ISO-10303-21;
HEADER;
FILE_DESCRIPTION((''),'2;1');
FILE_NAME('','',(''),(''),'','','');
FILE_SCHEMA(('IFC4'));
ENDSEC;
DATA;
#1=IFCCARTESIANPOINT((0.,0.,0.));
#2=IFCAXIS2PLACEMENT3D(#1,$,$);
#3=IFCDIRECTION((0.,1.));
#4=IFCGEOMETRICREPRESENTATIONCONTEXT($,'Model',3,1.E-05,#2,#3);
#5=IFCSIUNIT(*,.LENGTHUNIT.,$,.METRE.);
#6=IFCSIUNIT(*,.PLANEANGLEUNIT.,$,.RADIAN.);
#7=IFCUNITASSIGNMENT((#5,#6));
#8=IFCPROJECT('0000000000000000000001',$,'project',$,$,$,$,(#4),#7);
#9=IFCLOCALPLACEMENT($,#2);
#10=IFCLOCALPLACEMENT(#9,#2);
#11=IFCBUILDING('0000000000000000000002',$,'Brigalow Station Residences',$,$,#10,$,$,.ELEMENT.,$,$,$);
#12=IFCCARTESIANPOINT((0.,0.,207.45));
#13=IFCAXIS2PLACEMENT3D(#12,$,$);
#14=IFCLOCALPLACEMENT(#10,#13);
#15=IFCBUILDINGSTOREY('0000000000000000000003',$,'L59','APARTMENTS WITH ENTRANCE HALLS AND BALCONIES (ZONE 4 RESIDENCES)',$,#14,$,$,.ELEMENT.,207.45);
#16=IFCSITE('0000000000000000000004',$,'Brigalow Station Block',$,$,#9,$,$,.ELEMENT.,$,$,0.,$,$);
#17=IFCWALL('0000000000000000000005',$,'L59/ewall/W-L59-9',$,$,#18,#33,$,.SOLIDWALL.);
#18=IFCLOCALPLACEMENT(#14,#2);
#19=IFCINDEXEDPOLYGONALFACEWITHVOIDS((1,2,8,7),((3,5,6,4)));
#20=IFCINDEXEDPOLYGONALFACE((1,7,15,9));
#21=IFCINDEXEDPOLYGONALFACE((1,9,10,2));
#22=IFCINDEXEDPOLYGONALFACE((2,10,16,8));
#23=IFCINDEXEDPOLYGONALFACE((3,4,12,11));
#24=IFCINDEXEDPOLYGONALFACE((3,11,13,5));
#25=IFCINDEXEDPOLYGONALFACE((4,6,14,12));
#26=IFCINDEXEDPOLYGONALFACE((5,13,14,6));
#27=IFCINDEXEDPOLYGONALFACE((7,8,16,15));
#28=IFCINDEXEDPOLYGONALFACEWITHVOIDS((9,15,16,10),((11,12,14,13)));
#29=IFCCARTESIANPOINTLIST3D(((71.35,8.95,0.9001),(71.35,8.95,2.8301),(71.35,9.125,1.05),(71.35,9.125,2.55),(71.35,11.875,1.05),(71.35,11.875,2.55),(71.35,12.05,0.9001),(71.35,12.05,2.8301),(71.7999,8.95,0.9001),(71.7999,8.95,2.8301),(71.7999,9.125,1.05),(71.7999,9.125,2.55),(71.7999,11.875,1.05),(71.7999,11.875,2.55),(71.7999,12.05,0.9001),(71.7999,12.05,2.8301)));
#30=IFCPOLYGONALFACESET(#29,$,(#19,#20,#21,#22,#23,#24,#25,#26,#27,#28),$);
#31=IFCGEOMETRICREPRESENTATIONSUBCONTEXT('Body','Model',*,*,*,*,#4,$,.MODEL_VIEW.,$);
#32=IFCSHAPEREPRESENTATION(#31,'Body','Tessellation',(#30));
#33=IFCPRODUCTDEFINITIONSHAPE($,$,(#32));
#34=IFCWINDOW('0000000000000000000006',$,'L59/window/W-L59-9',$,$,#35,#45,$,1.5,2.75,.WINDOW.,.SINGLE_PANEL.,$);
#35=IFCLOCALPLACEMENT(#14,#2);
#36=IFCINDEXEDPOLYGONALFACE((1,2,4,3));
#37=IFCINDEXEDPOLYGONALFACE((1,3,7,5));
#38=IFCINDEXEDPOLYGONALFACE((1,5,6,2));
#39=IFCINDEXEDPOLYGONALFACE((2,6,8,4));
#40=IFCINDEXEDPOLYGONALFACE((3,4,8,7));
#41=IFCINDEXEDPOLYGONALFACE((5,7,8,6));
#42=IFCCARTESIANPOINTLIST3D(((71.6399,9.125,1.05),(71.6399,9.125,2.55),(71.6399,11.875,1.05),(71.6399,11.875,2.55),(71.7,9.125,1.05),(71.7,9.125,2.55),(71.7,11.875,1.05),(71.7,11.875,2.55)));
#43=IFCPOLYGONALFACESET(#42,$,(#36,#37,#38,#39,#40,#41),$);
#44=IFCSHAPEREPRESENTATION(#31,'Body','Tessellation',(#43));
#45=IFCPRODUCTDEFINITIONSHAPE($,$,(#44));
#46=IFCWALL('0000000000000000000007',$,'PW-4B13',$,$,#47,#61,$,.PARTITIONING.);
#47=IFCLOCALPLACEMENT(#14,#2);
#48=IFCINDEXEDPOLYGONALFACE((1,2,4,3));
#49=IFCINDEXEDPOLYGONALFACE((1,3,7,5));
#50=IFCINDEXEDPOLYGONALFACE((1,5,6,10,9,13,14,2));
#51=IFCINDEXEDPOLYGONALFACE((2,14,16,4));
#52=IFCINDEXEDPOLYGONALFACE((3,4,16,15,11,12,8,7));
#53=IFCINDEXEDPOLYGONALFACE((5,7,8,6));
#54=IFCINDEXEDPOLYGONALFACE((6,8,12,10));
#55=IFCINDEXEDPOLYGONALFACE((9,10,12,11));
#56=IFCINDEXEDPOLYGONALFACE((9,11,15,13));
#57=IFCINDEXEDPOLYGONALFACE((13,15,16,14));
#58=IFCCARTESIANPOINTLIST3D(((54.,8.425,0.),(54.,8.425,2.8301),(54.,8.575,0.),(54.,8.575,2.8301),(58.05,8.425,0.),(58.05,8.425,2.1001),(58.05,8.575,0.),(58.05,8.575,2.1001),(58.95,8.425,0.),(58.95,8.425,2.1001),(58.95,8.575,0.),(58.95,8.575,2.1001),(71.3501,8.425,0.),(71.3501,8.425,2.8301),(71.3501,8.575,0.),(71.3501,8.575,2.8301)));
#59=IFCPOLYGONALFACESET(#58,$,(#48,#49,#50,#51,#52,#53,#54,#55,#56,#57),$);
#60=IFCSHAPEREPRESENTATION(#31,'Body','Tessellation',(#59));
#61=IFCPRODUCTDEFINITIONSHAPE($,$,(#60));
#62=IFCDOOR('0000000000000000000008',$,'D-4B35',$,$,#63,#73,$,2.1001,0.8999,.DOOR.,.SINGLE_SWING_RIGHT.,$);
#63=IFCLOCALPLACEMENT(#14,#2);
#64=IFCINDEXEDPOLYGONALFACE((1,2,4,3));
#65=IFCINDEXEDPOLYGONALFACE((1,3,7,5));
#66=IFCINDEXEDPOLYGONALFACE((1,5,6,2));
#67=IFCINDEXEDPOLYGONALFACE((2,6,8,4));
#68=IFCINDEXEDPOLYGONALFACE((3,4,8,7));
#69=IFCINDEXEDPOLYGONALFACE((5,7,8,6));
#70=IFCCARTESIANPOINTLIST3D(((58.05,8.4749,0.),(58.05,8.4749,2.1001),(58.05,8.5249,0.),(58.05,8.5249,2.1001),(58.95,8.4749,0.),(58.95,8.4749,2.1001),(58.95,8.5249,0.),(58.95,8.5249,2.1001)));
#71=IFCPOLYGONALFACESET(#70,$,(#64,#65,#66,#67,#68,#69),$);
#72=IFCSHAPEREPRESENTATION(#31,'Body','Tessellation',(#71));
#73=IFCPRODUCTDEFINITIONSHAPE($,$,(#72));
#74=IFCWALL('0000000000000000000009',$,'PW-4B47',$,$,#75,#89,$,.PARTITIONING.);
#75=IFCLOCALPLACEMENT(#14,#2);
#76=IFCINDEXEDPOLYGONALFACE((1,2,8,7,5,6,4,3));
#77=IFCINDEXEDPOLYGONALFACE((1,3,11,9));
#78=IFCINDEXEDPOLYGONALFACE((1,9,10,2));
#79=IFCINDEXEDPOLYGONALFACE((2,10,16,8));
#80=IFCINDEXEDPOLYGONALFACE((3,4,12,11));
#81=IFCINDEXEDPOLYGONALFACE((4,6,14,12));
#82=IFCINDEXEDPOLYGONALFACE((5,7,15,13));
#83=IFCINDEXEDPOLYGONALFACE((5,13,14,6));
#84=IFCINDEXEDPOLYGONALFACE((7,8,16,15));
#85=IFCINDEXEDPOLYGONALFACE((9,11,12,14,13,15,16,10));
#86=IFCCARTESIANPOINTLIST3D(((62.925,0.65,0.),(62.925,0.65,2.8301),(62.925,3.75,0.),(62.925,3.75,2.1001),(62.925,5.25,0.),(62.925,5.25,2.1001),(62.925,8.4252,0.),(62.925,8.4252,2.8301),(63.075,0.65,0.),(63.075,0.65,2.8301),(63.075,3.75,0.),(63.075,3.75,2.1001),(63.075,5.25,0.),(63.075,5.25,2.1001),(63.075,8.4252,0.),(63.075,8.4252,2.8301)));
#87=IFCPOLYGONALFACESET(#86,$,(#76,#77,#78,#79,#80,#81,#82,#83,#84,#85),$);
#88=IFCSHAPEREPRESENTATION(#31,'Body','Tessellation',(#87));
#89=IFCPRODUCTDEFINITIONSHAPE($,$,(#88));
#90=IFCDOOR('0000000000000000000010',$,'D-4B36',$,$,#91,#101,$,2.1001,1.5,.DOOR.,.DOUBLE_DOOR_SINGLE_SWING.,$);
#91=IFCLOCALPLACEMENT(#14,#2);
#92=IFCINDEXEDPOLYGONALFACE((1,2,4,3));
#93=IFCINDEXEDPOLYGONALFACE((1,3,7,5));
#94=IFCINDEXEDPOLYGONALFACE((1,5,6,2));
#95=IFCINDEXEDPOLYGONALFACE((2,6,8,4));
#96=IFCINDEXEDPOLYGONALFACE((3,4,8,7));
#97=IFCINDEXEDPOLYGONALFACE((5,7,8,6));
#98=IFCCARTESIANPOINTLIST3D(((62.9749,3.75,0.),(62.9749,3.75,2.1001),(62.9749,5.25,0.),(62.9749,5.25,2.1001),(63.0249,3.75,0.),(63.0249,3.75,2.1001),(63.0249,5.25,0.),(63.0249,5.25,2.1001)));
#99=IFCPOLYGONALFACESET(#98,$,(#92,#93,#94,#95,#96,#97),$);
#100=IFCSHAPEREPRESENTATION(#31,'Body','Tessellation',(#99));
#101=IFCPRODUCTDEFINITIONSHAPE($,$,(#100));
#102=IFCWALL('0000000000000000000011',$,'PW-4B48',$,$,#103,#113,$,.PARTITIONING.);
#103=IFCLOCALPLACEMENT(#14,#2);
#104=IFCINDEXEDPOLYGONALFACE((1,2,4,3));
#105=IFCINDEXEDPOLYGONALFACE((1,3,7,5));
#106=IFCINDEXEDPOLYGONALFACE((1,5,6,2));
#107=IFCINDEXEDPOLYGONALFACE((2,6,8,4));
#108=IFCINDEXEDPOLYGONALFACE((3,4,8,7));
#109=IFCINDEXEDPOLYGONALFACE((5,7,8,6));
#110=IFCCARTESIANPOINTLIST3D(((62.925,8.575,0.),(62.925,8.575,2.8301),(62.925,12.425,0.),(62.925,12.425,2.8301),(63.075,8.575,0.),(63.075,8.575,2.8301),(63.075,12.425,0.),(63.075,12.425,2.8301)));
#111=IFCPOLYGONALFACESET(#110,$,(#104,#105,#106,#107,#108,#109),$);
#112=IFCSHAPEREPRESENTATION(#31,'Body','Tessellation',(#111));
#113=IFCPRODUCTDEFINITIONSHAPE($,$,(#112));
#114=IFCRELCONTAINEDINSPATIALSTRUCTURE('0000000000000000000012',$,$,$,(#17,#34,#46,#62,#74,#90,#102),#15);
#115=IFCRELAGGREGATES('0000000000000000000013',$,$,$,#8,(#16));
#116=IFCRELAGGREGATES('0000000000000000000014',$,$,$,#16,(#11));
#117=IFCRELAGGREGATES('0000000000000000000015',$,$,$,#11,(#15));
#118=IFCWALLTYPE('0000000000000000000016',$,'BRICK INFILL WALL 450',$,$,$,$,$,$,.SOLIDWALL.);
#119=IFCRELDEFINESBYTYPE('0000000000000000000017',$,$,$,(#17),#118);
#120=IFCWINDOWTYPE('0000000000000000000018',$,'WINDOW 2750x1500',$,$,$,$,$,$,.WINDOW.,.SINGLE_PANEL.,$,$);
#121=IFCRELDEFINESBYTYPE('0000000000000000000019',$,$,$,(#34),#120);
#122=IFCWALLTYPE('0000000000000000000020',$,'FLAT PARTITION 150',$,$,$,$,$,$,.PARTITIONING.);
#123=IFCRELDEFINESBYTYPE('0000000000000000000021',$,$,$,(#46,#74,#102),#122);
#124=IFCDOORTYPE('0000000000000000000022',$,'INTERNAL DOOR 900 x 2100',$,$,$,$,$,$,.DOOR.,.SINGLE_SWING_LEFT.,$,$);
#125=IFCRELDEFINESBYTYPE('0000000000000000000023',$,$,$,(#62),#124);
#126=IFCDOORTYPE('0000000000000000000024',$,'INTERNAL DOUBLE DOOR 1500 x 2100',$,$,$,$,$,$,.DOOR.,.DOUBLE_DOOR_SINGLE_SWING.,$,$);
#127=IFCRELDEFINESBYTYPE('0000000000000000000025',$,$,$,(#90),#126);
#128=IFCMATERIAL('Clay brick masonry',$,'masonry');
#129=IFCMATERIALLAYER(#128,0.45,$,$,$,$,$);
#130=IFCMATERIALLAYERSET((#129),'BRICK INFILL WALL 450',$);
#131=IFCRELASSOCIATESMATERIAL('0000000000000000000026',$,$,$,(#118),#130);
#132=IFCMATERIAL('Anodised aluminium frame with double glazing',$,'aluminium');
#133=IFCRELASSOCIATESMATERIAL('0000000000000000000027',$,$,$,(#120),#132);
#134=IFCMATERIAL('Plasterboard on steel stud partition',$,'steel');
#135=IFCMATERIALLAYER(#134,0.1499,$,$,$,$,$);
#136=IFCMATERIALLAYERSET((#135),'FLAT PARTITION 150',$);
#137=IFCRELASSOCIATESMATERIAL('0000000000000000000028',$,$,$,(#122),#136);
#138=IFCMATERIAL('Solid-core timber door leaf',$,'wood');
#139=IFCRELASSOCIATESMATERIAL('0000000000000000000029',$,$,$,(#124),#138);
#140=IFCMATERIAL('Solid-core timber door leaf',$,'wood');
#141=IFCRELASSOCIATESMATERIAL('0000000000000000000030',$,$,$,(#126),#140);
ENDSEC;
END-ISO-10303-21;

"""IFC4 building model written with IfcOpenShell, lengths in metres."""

from ifc_helpers import new_model, si_unit, direction, frame, frame_2d, origin, place, context, subcontext, project, spatial, rectangle, extrude, material, layer, layer_set, type_object, element, fill, save


model = new_model("IFC4")

# Units and contexts
model_context = context("Model", 3, precision=1e-05, world=origin(), true_north=direction((0.0, 1.0)))
body_context = subcontext(model_context, "Body", "Model", "MODEL_VIEW")
ifc_project = project(units=[si_unit("LENGTHUNIT", "METRE"), si_unit("PLANEANGLEUNIT", "RADIAN")], contexts=[model_context])

# Site, building, storey
site_placement = place(None, origin())
site = spatial("IfcSite", under=ifc_project, at=site_placement, Name="Brigalow Station Block", CompositionType="ELEMENT", RefElevation=0.0)
building_placement = place(site_placement, origin())
building = spatial("IfcBuilding", under=site, at=building_placement, Name="Brigalow Station Residences", CompositionType="ELEMENT")
storey_placement = place(building_placement, frame((0.0, 0.0, 207.45)))
storey = spatial("IfcBuildingStorey", under=building, at=storey_placement, Name="L59", Description="APARTMENTS WITH ENTRANCE HALLS AND BALCONIES (ZONE 4 RESIDENCES)", CompositionType="ELEMENT", Elevation=207.45)

# Wall, opening, window
ifc_material_1 = material(Name="Clay brick masonry", Category="masonry")
ifc_layer_1 = layer(ifc_material_1, 0.45)
ifc_layer_set_1 = layer_set([ifc_layer_1], Name="BRICK INFILL WALL 450")
wall_type_1 = type_object("IfcWallType", Name="BRICK INFILL WALL 450", PredefinedType="SOLIDWALL", material=ifc_layer_set_1)
wall_1_placement = place(storey_placement, frame((71.575, 8.95, 0.9001), z_axis=(0.0, 0.0, 1.0), x_axis=(0.0, 1.0, 0.0)))
wall_1 = element("IfcWall", 1, at=wall_1_placement, inside=storey, type_object=wall_type_1, Name="L59/ewall/W-L59-9", PredefinedType="SOLIDWALL", context=body_context, shape_type="SweptSolid", body=[
    extrude(rectangle(XDim=3.1001, YDim=0.45, at=frame_2d((1.55, 0.0))), origin(), (0.0, 0.0, 1.0), 1.9299),
])
opening_1_placement = place(wall_1_placement, frame((0.175, 0.0, 0.1499)))
opening_1 = element("IfcOpeningElement", 2, at=opening_1_placement, cuts=wall_1, PredefinedType="OPENING", context=body_context, shape_type="SweptSolid", body=[
    extrude(rectangle(XDim=2.75, YDim=1.5, at=frame_2d((1.375, 0.75))), frame((0.0, 0.2349, 0.0), z_axis=(0.0, -1.0, 0.0), x_axis=(1.0, 0.0, 0.0)), (0.0, 0.0, 1.0), 0.47),
])
ifc_material_2 = material(Name="Anodised aluminium frame with double glazing", Category="aluminium")
window_type_1 = type_object("IfcWindowType", Name="WINDOW 2750x1500", PartitioningType="SINGLE_PANEL", PredefinedType="WINDOW", material=ifc_material_2)
window_1_placement = place(opening_1_placement, origin())
window_1 = element("IfcWindow", 3, at=window_1_placement, inside=storey, type_object=window_type_1, Name="L59/window/W-L59-9", OverallHeight=1.5, OverallWidth=2.75, PartitioningType="SINGLE_PANEL", PredefinedType="WINDOW", context=body_context, shape_type="SweptSolid", body=[
    extrude(rectangle(XDim=2.75, YDim=1.5, at=frame_2d((1.375, 0.75))), frame((0.0, -0.0649, 0.0), z_axis=(0.0, -1.0, 0.0), x_axis=(1.0, 0.0, 0.0)), (0.0, 0.0, 1.0), 0.0601),
])
fill(opening_1, window_1)

# Walls, openings, doors
ifc_material_3 = material(Name="Plasterboard on steel stud partition", Category="steel")
ifc_layer_2 = layer(ifc_material_3, 0.1499)
ifc_layer_set_2 = layer_set([ifc_layer_2], Name="FLAT PARTITION 150")
wall_type_2 = type_object("IfcWallType", Name="FLAT PARTITION 150", PredefinedType="PARTITIONING", material=ifc_layer_set_2)
wall_2_placement = place(storey_placement, frame((54.0, 8.5, 0.0), z_axis=(0.0, 0.0, 1.0), x_axis=(1.0, 0.0, 0.0)))
wall_2 = element("IfcWall", 4, at=wall_2_placement, inside=storey, type_object=wall_type_2, Name="PW-4B13", PredefinedType="PARTITIONING", context=body_context, shape_type="SweptSolid", body=[
    extrude(rectangle(XDim=17.3501, YDim=0.1499, at=frame_2d((8.675, 0.0))), origin(), (0.0, 0.0, 1.0), 2.8301),
])
opening_2_placement = place(wall_2_placement, frame((4.05, 0.0, 0.0)))
opening_2 = element("IfcOpeningElement", 5, at=opening_2_placement, cuts=wall_2, PredefinedType="OPENING", context=body_context, shape_type="SweptSolid", body=[
    extrude(rectangle(XDim=0.8999, YDim=2.1001, at=frame_2d((0.45, 1.05))), frame((0.0, 0.085, 0.0), z_axis=(0.0, -1.0, 0.0), x_axis=(1.0, 0.0, 0.0)), (0.0, 0.0, 1.0), 0.1699),
])
ifc_material_4 = material(Name="Solid-core timber door leaf", Category="wood")
door_type_1 = type_object("IfcDoorType", Name="INTERNAL DOOR 900 x 2100", OperationType="SINGLE_SWING_LEFT", PredefinedType="DOOR", material=ifc_material_4)
door_1_placement = place(opening_2_placement, origin())
door_1 = element("IfcDoor", 6, at=door_1_placement, inside=storey, type_object=door_type_1, Name="D-4B35", OperationType="SINGLE_SWING_RIGHT", OverallHeight=2.1001, OverallWidth=0.8999, PredefinedType="DOOR", context=body_context, shape_type="SweptSolid", body=[
    extrude(rectangle(XDim=0.8999, YDim=2.1001, at=frame_2d((0.45, 1.05))), frame((0.0, 0.0249, 0.0), z_axis=(0.0, -1.0, 0.0), x_axis=(1.0, 0.0, 0.0)), (0.0, 0.0, 1.0), 0.05),
])
fill(opening_2, door_1)
wall_3_placement = place(storey_placement, frame((63.0, 0.6499, 0.0), z_axis=(0.0, 0.0, 1.0), x_axis=(0.0, 1.0, 0.0)))
wall_3 = element("IfcWall", 7, at=wall_3_placement, inside=storey, type_object=wall_type_2, Name="PW-4B47", PredefinedType="PARTITIONING", context=body_context, shape_type="SweptSolid", body=[
    extrude(rectangle(XDim=7.7751, YDim=0.1499, at=frame_2d((3.8877, 0.0))), origin(), (0.0, 0.0, 1.0), 2.8301),
])
opening_3_placement = place(wall_3_placement, frame((3.1001, 0.0, 0.0)))
opening_3 = element("IfcOpeningElement", 8, at=opening_3_placement, cuts=wall_3, PredefinedType="OPENING", context=body_context, shape_type="SweptSolid", body=[
    extrude(rectangle(XDim=1.5, YDim=2.1001, at=frame_2d((0.75, 1.05))), frame((0.0, 0.085, 0.0), z_axis=(0.0, -1.0, 0.0), x_axis=(1.0, 0.0, 0.0)), (0.0, 0.0, 1.0), 0.1699),
])
ifc_material_5 = material(Name="Solid-core timber door leaf", Category="wood")
door_type_2 = type_object("IfcDoorType", Name="INTERNAL DOUBLE DOOR 1500 x 2100", OperationType="DOUBLE_DOOR_SINGLE_SWING", PredefinedType="DOOR", material=ifc_material_5)
door_2_placement = place(opening_3_placement, frame((1.5, 0.0, 0.0), z_axis=(0.0, 0.0, 1.0), x_axis=(-1.0, 0.0, 0.0)))
door_2 = element("IfcDoor", 9, at=door_2_placement, inside=storey, type_object=door_type_2, Name="D-4B36", OperationType="DOUBLE_DOOR_SINGLE_SWING", OverallHeight=2.1001, OverallWidth=1.5, PredefinedType="DOOR", context=body_context, shape_type="SweptSolid", body=[
    extrude(rectangle(XDim=1.5, YDim=2.1001, at=frame_2d((0.75, 1.05))), frame((0.0, 0.0249, 0.0), z_axis=(0.0, -1.0, 0.0), x_axis=(1.0, 0.0, 0.0)), (0.0, 0.0, 1.0), 0.05),
])
fill(opening_3, door_2)

# Wall
wall_4_placement = place(storey_placement, frame((63.0, 8.575, 0.0), z_axis=(0.0, 0.0, 1.0), x_axis=(0.0, 1.0, 0.0)))
element("IfcWall", 10, at=wall_4_placement, inside=storey, type_object=wall_type_2, Name="PW-4B48", PredefinedType="PARTITIONING", context=body_context, shape_type="SweptSolid", body=[
    extrude(rectangle(XDim=3.8501, YDim=0.1499, at=frame_2d((1.925, 0.0))), origin(), (0.0, 0.0, 1.0), 2.8301),
])

save(model, "model.ifc")
